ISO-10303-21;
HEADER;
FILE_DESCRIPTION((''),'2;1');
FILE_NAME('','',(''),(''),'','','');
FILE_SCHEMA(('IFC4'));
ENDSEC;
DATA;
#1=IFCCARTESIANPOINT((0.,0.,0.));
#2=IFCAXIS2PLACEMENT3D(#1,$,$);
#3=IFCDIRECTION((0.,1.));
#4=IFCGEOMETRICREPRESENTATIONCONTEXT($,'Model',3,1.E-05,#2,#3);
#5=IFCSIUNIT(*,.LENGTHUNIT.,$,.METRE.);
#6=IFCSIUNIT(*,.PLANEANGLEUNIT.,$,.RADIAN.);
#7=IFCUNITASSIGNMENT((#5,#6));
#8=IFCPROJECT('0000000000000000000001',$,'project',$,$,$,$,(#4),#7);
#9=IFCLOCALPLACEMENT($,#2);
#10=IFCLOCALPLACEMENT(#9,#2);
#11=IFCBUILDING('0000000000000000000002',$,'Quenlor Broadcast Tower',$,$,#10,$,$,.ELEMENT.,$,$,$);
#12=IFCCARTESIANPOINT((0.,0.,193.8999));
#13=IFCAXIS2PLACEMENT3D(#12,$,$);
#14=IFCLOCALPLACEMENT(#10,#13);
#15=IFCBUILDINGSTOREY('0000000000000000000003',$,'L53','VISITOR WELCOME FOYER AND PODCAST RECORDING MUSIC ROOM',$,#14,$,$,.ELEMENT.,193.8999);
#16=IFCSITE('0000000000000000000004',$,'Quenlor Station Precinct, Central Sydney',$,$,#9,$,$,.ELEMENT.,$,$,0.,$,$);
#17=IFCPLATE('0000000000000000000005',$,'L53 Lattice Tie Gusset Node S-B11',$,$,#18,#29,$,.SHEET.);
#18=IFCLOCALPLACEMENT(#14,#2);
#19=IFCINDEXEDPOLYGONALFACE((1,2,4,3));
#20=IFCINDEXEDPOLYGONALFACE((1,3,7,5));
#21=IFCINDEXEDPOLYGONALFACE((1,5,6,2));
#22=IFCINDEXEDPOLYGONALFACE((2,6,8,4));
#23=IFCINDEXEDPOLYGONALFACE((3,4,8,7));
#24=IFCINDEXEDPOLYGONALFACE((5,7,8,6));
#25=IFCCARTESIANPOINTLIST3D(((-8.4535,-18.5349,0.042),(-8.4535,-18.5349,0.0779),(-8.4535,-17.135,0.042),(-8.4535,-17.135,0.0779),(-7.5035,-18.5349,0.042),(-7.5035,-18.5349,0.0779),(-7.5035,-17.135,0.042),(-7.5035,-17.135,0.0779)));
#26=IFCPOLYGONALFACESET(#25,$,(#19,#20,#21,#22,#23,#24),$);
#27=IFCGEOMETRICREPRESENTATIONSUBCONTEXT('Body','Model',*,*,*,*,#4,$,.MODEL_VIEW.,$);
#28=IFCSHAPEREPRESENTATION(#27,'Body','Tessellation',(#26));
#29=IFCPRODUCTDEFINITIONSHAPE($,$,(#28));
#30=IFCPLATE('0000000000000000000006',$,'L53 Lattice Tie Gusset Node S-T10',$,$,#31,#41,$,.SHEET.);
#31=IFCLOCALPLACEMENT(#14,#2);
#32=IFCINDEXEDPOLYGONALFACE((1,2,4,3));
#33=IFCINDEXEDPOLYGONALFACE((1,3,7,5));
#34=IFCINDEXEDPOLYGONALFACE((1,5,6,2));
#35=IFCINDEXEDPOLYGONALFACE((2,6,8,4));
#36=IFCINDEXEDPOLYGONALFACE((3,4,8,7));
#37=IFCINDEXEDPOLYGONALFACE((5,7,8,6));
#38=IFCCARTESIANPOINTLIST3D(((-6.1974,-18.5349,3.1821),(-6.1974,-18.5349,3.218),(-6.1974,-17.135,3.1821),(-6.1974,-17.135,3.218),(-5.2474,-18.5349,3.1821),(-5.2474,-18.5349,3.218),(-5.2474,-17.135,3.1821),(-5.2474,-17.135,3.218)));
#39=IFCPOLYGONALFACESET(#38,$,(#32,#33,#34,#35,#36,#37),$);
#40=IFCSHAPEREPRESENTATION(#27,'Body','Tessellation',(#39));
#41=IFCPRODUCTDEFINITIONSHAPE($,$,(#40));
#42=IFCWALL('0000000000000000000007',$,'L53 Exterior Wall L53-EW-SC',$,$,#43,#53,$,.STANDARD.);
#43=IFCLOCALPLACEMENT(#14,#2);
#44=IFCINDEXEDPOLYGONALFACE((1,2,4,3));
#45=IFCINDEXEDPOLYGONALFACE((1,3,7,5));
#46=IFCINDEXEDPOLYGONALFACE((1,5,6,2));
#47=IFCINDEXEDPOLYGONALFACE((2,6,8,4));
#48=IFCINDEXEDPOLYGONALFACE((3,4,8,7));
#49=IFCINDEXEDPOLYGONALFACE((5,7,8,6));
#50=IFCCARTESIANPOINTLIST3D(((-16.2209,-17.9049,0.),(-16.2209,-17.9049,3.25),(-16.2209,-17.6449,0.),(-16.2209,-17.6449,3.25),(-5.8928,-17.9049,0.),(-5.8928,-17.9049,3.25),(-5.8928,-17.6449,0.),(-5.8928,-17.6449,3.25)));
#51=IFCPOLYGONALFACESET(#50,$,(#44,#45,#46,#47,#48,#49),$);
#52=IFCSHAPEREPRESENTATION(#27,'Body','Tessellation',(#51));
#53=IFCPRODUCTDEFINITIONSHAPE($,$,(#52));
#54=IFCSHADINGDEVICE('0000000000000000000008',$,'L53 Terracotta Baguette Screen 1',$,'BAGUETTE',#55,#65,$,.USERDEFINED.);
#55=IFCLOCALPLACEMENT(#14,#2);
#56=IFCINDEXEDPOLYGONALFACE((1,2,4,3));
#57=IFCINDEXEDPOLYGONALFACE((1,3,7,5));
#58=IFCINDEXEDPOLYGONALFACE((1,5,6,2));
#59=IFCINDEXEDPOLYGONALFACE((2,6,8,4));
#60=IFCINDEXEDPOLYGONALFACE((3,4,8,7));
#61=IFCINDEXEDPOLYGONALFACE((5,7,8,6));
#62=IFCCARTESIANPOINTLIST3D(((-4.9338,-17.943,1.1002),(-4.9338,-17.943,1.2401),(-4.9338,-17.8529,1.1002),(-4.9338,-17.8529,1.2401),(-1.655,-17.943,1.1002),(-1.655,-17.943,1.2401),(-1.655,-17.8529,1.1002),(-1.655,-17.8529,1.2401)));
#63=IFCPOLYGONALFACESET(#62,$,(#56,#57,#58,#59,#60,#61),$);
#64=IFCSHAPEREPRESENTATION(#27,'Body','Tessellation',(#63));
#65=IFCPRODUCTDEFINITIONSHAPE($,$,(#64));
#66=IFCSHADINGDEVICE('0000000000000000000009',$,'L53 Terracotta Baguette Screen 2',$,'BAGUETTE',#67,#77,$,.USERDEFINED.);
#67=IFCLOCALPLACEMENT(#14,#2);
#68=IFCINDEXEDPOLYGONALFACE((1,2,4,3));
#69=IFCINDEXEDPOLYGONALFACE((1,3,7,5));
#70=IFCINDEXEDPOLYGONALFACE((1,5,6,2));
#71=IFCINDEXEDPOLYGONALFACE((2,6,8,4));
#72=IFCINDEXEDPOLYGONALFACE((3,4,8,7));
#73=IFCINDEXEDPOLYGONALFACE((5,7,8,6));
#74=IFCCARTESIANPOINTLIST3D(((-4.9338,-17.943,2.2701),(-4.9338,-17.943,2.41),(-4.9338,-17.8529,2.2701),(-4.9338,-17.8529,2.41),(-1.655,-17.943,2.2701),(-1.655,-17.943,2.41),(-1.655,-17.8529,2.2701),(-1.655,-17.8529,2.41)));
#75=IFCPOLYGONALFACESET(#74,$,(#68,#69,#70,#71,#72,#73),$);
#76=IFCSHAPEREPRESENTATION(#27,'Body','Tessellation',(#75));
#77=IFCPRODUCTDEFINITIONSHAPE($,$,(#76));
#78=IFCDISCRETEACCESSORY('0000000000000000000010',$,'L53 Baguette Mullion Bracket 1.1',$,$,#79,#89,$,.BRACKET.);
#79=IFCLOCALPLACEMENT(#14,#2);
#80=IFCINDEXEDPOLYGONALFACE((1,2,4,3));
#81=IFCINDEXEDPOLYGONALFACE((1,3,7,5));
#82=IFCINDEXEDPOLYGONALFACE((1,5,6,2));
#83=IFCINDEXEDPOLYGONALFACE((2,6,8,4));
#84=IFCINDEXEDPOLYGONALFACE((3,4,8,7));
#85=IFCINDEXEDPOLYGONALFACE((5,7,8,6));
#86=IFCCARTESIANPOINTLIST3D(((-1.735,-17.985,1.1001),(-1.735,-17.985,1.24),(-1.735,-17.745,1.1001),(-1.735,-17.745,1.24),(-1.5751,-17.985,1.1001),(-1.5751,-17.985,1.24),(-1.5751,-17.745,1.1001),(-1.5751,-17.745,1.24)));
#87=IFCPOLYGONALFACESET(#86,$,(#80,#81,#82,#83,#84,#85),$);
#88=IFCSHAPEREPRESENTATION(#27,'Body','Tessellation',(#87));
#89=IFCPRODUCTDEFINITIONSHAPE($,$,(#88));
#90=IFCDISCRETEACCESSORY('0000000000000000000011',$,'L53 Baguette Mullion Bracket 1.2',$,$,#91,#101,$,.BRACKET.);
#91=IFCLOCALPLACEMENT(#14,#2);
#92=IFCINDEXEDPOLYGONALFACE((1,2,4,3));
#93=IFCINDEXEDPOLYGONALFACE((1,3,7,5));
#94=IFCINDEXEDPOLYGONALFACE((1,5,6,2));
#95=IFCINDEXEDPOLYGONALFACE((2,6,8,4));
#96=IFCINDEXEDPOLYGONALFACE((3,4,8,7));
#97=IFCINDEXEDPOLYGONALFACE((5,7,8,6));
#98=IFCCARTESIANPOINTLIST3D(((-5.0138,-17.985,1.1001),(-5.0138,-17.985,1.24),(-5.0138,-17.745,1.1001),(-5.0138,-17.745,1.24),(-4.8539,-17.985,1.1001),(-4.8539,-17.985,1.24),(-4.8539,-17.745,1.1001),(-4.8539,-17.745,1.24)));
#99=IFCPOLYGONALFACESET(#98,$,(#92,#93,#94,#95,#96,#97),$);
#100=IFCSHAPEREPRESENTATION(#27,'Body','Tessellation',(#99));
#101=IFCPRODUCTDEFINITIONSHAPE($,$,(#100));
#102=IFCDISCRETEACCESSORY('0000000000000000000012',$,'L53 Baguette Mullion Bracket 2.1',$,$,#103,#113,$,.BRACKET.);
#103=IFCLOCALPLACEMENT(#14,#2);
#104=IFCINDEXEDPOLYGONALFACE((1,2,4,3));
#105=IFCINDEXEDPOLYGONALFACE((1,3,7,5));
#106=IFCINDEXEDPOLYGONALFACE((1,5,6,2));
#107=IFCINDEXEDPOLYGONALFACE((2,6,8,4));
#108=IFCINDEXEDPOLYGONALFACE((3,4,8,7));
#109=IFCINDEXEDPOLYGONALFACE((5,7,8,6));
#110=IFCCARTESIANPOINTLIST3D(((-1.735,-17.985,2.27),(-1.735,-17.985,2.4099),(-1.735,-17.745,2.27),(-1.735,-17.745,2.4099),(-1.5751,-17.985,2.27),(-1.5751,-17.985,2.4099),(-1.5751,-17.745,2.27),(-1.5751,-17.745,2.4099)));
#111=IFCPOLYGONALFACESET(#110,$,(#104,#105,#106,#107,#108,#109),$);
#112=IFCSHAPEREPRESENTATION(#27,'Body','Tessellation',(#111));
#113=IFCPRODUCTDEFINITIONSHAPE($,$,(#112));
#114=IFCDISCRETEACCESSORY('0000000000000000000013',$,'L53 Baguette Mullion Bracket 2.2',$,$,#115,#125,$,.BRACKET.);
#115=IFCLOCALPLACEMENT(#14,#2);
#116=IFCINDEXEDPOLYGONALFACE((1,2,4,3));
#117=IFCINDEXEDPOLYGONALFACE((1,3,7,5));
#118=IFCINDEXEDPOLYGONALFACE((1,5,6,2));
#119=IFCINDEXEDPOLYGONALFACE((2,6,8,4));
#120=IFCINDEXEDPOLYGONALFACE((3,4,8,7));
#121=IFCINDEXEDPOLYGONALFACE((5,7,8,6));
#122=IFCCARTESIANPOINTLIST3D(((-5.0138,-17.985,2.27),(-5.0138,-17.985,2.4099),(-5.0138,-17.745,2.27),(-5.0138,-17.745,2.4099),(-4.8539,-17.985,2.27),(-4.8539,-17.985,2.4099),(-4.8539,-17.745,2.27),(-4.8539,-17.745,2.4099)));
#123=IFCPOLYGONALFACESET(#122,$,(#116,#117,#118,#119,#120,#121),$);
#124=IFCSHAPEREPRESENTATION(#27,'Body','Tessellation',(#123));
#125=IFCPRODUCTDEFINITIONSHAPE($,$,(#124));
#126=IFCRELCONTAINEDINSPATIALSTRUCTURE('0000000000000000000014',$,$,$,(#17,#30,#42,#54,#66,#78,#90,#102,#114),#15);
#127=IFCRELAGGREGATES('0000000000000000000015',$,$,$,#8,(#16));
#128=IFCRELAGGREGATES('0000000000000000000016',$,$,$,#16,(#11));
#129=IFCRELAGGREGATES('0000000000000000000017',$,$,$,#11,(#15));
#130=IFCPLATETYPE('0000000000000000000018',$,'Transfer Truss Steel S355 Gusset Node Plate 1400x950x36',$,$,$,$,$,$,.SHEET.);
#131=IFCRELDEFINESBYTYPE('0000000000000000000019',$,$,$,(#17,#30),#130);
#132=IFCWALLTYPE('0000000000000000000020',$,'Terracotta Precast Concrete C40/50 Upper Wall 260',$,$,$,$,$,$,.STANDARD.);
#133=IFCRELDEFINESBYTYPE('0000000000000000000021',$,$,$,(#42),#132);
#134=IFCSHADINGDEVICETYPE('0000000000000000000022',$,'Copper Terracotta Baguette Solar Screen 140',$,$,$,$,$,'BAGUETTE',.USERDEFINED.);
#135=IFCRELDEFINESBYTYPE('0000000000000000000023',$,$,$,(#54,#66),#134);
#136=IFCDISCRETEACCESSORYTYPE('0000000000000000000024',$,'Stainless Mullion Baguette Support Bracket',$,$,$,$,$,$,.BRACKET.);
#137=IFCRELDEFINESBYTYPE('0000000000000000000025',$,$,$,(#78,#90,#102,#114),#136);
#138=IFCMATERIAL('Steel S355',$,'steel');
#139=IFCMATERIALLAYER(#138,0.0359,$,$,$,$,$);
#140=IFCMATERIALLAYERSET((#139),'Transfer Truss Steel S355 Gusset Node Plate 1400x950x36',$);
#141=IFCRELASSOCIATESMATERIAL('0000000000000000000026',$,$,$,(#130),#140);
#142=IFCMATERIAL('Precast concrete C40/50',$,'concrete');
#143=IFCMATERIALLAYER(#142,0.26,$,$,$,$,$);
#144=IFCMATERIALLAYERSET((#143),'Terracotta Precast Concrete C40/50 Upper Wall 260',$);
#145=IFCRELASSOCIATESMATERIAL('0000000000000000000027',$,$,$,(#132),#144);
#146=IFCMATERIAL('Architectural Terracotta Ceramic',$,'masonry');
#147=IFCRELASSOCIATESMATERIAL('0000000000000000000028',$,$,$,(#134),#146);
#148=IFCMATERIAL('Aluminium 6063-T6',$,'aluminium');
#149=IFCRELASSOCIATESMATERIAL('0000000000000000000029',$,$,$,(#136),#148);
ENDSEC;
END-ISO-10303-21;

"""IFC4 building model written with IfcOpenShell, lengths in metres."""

from ifc_helpers import new_model, si_unit, direction, frame, frame_2d, origin, origin_2d, place, context, subcontext, project, spatial, rectangle, extrude, material, layer, layer_set, material_profile, profile_set, type_object, element, save


model = new_model("IFC4")

# Units and contexts
model_context = context("Model", 3, precision=1e-05, world=origin(), true_north=direction((0.0, 1.0)))
body_context = subcontext(model_context, "Body", "Model", "MODEL_VIEW")
ifc_project = project(units=[si_unit("LENGTHUNIT", "METRE"), si_unit("PLANEANGLEUNIT", "RADIAN")], contexts=[model_context])

# Site, building, storey
site_placement = place(None, origin())
site = spatial("IfcSite", under=ifc_project, at=site_placement, Name="Quenlor Station Precinct, Central Sydney", CompositionType="ELEMENT", RefElevation=0.0)
building_placement = place(site_placement, origin())
building = spatial("IfcBuilding", under=site, at=building_placement, Name="Quenlor Broadcast Tower", CompositionType="ELEMENT")
storey_placement = place(building_placement, frame((0.0, 0.0, 193.8999)))
storey = spatial("IfcBuildingStorey", under=building, at=storey_placement, Name="L53", Description="VISITOR WELCOME FOYER AND PODCAST RECORDING MUSIC ROOM", CompositionType="ELEMENT", Elevation=193.8999)

# Plates
ifc_material_1 = material(Name="Steel S355", Category="steel")
ifc_layer_1 = layer(ifc_material_1, 0.0359)
ifc_layer_set_1 = layer_set([ifc_layer_1], Name="Transfer Truss Steel S355 Gusset Node Plate 1400x950x36")
plate_type_1 = type_object("IfcPlateType", Name="Transfer Truss Steel S355 Gusset Node Plate 1400x950x36", PredefinedType="SHEET", material=ifc_layer_set_1)
for number, where, z_axis, x_axis, name in (
    (1, (-7.9785, -17.835, 0.042), (0.0, 0.0, 1.0), (0.0, -1.0, 0.0), "L53 Lattice Tie Gusset Node S-B11"),
    (2, (-5.7224, -17.835, 3.1821), (0.0, 0.0, 1.0), (0.0, -1.0, 0.0), "L53 Lattice Tie Gusset Node S-T10"),
):
    element("IfcPlate", number, at=place(storey_placement, frame(where, z_axis=z_axis, x_axis=x_axis)), inside=storey, type_object=plate_type_1, Name=name, PredefinedType="SHEET", context=body_context, shape_type="SweptSolid", body=[
        extrude(rectangle(XDim=1.3999, YDim=0.95, at=origin_2d()), origin(), (0.0, 0.0, 1.0), 0.0359),
    ])

# Wall
ifc_material_2 = material(Name="Precast concrete C40/50", Category="concrete")
ifc_layer_2 = layer(ifc_material_2, 0.26)
ifc_layer_set_2 = layer_set([ifc_layer_2], Name="Terracotta Precast Concrete C40/50 Upper Wall 260")
wall_type = type_object("IfcWallType", Name="Terracotta Precast Concrete C40/50 Upper Wall 260", PredefinedType="STANDARD", material=ifc_layer_set_2)
wall_placement = place(storey_placement, frame((-5.8928, -17.7749, 0.0), z_axis=(0.0, 0.0, 1.0), x_axis=(-1.0, 0.0, 0.0)))
element("IfcWall", 3, at=wall_placement, inside=storey, type_object=wall_type, Name="L53 Exterior Wall L53-EW-SC", PredefinedType="STANDARD", context=body_context, shape_type="SweptSolid", body=[
    extrude(rectangle(XDim=10.3281, YDim=0.26, at=frame_2d((5.1641, 0.0))), origin(), (0.0, 0.0, 1.0), 3.25),
])

# Shading devices
ifc_material_3 = material(Name="Architectural Terracotta Ceramic", Category="masonry")
ifc_material_profile_1 = material_profile(ifc_material_3, rectangle(XDim=0.0901, YDim=0.1399, at=origin_2d()))
ifc_profile_set_1 = profile_set([ifc_material_profile_1], Name="Architectural Terracotta Ceramic BAG90x140")
shading_device_type = type_object("IfcShadingDeviceType", Name="Copper Terracotta Baguette Solar Screen 140", ElementType="BAGUETTE", PredefinedType="USERDEFINED", material=ifc_profile_set_1)
for number, where, z_axis, x_axis, name in (
    (4, (-1.655, -17.8979, 1.1702), (-1.0, 0.0, 0.0), (0.0, -1.0, 0.0), "L53 Terracotta Baguette Screen 1"),
    (5, (-1.655, -17.8979, 2.3401), (-1.0, 0.0, 0.0), (0.0, -1.0, 0.0), "L53 Terracotta Baguette Screen 2"),
):
    element("IfcShadingDevice", number, at=place(storey_placement, frame(where, z_axis=z_axis, x_axis=x_axis)), inside=storey, type_object=shading_device_type, Name=name, ObjectType="BAGUETTE", PredefinedType="USERDEFINED", context=body_context, shape_type="SweptSolid", body=[
        extrude(rectangle(XDim=0.0901, YDim=0.1399, at=origin_2d()), origin(), (0.0, 0.0, 1.0), 3.2788),
    ])

# Discrete accessories
ifc_material_4 = material(Name="Aluminium 6063-T6", Category="aluminium")
discrete_accessory_type = type_object("IfcDiscreteAccessoryType", Name="Stainless Mullion Baguette Support Bracket", PredefinedType="BRACKET", material=ifc_material_4)
for number, where, z_axis, x_axis, name in (
    (6, (-1.655, -17.865, 1.1001), (0.0, 0.0, 1.0), (-1.0, 0.0, 0.0), "L53 Baguette Mullion Bracket 1.1"),
    (7, (-4.9338, -17.865, 1.1001), (0.0, 0.0, 1.0), (-1.0, 0.0, 0.0), "L53 Baguette Mullion Bracket 1.2"),
    (8, (-1.655, -17.865, 2.27), (0.0, 0.0, 1.0), (-1.0, 0.0, 0.0), "L53 Baguette Mullion Bracket 2.1"),
    (9, (-4.9338, -17.865, 2.27), (0.0, 0.0, 1.0), (-1.0, 0.0, 0.0), "L53 Baguette Mullion Bracket 2.2"),
):
    element("IfcDiscreteAccessory", number, at=place(storey_placement, frame(where, z_axis=z_axis, x_axis=x_axis)), inside=storey, type_object=discrete_accessory_type, Name=name, PredefinedType="BRACKET", context=body_context, shape_type="SweptSolid", body=[
        extrude(rectangle(XDim=0.1599, YDim=0.24, at=origin_2d()), origin(), (0.0, 0.0, 1.0), 0.1399),
    ])

save(model, "model.ifc")
